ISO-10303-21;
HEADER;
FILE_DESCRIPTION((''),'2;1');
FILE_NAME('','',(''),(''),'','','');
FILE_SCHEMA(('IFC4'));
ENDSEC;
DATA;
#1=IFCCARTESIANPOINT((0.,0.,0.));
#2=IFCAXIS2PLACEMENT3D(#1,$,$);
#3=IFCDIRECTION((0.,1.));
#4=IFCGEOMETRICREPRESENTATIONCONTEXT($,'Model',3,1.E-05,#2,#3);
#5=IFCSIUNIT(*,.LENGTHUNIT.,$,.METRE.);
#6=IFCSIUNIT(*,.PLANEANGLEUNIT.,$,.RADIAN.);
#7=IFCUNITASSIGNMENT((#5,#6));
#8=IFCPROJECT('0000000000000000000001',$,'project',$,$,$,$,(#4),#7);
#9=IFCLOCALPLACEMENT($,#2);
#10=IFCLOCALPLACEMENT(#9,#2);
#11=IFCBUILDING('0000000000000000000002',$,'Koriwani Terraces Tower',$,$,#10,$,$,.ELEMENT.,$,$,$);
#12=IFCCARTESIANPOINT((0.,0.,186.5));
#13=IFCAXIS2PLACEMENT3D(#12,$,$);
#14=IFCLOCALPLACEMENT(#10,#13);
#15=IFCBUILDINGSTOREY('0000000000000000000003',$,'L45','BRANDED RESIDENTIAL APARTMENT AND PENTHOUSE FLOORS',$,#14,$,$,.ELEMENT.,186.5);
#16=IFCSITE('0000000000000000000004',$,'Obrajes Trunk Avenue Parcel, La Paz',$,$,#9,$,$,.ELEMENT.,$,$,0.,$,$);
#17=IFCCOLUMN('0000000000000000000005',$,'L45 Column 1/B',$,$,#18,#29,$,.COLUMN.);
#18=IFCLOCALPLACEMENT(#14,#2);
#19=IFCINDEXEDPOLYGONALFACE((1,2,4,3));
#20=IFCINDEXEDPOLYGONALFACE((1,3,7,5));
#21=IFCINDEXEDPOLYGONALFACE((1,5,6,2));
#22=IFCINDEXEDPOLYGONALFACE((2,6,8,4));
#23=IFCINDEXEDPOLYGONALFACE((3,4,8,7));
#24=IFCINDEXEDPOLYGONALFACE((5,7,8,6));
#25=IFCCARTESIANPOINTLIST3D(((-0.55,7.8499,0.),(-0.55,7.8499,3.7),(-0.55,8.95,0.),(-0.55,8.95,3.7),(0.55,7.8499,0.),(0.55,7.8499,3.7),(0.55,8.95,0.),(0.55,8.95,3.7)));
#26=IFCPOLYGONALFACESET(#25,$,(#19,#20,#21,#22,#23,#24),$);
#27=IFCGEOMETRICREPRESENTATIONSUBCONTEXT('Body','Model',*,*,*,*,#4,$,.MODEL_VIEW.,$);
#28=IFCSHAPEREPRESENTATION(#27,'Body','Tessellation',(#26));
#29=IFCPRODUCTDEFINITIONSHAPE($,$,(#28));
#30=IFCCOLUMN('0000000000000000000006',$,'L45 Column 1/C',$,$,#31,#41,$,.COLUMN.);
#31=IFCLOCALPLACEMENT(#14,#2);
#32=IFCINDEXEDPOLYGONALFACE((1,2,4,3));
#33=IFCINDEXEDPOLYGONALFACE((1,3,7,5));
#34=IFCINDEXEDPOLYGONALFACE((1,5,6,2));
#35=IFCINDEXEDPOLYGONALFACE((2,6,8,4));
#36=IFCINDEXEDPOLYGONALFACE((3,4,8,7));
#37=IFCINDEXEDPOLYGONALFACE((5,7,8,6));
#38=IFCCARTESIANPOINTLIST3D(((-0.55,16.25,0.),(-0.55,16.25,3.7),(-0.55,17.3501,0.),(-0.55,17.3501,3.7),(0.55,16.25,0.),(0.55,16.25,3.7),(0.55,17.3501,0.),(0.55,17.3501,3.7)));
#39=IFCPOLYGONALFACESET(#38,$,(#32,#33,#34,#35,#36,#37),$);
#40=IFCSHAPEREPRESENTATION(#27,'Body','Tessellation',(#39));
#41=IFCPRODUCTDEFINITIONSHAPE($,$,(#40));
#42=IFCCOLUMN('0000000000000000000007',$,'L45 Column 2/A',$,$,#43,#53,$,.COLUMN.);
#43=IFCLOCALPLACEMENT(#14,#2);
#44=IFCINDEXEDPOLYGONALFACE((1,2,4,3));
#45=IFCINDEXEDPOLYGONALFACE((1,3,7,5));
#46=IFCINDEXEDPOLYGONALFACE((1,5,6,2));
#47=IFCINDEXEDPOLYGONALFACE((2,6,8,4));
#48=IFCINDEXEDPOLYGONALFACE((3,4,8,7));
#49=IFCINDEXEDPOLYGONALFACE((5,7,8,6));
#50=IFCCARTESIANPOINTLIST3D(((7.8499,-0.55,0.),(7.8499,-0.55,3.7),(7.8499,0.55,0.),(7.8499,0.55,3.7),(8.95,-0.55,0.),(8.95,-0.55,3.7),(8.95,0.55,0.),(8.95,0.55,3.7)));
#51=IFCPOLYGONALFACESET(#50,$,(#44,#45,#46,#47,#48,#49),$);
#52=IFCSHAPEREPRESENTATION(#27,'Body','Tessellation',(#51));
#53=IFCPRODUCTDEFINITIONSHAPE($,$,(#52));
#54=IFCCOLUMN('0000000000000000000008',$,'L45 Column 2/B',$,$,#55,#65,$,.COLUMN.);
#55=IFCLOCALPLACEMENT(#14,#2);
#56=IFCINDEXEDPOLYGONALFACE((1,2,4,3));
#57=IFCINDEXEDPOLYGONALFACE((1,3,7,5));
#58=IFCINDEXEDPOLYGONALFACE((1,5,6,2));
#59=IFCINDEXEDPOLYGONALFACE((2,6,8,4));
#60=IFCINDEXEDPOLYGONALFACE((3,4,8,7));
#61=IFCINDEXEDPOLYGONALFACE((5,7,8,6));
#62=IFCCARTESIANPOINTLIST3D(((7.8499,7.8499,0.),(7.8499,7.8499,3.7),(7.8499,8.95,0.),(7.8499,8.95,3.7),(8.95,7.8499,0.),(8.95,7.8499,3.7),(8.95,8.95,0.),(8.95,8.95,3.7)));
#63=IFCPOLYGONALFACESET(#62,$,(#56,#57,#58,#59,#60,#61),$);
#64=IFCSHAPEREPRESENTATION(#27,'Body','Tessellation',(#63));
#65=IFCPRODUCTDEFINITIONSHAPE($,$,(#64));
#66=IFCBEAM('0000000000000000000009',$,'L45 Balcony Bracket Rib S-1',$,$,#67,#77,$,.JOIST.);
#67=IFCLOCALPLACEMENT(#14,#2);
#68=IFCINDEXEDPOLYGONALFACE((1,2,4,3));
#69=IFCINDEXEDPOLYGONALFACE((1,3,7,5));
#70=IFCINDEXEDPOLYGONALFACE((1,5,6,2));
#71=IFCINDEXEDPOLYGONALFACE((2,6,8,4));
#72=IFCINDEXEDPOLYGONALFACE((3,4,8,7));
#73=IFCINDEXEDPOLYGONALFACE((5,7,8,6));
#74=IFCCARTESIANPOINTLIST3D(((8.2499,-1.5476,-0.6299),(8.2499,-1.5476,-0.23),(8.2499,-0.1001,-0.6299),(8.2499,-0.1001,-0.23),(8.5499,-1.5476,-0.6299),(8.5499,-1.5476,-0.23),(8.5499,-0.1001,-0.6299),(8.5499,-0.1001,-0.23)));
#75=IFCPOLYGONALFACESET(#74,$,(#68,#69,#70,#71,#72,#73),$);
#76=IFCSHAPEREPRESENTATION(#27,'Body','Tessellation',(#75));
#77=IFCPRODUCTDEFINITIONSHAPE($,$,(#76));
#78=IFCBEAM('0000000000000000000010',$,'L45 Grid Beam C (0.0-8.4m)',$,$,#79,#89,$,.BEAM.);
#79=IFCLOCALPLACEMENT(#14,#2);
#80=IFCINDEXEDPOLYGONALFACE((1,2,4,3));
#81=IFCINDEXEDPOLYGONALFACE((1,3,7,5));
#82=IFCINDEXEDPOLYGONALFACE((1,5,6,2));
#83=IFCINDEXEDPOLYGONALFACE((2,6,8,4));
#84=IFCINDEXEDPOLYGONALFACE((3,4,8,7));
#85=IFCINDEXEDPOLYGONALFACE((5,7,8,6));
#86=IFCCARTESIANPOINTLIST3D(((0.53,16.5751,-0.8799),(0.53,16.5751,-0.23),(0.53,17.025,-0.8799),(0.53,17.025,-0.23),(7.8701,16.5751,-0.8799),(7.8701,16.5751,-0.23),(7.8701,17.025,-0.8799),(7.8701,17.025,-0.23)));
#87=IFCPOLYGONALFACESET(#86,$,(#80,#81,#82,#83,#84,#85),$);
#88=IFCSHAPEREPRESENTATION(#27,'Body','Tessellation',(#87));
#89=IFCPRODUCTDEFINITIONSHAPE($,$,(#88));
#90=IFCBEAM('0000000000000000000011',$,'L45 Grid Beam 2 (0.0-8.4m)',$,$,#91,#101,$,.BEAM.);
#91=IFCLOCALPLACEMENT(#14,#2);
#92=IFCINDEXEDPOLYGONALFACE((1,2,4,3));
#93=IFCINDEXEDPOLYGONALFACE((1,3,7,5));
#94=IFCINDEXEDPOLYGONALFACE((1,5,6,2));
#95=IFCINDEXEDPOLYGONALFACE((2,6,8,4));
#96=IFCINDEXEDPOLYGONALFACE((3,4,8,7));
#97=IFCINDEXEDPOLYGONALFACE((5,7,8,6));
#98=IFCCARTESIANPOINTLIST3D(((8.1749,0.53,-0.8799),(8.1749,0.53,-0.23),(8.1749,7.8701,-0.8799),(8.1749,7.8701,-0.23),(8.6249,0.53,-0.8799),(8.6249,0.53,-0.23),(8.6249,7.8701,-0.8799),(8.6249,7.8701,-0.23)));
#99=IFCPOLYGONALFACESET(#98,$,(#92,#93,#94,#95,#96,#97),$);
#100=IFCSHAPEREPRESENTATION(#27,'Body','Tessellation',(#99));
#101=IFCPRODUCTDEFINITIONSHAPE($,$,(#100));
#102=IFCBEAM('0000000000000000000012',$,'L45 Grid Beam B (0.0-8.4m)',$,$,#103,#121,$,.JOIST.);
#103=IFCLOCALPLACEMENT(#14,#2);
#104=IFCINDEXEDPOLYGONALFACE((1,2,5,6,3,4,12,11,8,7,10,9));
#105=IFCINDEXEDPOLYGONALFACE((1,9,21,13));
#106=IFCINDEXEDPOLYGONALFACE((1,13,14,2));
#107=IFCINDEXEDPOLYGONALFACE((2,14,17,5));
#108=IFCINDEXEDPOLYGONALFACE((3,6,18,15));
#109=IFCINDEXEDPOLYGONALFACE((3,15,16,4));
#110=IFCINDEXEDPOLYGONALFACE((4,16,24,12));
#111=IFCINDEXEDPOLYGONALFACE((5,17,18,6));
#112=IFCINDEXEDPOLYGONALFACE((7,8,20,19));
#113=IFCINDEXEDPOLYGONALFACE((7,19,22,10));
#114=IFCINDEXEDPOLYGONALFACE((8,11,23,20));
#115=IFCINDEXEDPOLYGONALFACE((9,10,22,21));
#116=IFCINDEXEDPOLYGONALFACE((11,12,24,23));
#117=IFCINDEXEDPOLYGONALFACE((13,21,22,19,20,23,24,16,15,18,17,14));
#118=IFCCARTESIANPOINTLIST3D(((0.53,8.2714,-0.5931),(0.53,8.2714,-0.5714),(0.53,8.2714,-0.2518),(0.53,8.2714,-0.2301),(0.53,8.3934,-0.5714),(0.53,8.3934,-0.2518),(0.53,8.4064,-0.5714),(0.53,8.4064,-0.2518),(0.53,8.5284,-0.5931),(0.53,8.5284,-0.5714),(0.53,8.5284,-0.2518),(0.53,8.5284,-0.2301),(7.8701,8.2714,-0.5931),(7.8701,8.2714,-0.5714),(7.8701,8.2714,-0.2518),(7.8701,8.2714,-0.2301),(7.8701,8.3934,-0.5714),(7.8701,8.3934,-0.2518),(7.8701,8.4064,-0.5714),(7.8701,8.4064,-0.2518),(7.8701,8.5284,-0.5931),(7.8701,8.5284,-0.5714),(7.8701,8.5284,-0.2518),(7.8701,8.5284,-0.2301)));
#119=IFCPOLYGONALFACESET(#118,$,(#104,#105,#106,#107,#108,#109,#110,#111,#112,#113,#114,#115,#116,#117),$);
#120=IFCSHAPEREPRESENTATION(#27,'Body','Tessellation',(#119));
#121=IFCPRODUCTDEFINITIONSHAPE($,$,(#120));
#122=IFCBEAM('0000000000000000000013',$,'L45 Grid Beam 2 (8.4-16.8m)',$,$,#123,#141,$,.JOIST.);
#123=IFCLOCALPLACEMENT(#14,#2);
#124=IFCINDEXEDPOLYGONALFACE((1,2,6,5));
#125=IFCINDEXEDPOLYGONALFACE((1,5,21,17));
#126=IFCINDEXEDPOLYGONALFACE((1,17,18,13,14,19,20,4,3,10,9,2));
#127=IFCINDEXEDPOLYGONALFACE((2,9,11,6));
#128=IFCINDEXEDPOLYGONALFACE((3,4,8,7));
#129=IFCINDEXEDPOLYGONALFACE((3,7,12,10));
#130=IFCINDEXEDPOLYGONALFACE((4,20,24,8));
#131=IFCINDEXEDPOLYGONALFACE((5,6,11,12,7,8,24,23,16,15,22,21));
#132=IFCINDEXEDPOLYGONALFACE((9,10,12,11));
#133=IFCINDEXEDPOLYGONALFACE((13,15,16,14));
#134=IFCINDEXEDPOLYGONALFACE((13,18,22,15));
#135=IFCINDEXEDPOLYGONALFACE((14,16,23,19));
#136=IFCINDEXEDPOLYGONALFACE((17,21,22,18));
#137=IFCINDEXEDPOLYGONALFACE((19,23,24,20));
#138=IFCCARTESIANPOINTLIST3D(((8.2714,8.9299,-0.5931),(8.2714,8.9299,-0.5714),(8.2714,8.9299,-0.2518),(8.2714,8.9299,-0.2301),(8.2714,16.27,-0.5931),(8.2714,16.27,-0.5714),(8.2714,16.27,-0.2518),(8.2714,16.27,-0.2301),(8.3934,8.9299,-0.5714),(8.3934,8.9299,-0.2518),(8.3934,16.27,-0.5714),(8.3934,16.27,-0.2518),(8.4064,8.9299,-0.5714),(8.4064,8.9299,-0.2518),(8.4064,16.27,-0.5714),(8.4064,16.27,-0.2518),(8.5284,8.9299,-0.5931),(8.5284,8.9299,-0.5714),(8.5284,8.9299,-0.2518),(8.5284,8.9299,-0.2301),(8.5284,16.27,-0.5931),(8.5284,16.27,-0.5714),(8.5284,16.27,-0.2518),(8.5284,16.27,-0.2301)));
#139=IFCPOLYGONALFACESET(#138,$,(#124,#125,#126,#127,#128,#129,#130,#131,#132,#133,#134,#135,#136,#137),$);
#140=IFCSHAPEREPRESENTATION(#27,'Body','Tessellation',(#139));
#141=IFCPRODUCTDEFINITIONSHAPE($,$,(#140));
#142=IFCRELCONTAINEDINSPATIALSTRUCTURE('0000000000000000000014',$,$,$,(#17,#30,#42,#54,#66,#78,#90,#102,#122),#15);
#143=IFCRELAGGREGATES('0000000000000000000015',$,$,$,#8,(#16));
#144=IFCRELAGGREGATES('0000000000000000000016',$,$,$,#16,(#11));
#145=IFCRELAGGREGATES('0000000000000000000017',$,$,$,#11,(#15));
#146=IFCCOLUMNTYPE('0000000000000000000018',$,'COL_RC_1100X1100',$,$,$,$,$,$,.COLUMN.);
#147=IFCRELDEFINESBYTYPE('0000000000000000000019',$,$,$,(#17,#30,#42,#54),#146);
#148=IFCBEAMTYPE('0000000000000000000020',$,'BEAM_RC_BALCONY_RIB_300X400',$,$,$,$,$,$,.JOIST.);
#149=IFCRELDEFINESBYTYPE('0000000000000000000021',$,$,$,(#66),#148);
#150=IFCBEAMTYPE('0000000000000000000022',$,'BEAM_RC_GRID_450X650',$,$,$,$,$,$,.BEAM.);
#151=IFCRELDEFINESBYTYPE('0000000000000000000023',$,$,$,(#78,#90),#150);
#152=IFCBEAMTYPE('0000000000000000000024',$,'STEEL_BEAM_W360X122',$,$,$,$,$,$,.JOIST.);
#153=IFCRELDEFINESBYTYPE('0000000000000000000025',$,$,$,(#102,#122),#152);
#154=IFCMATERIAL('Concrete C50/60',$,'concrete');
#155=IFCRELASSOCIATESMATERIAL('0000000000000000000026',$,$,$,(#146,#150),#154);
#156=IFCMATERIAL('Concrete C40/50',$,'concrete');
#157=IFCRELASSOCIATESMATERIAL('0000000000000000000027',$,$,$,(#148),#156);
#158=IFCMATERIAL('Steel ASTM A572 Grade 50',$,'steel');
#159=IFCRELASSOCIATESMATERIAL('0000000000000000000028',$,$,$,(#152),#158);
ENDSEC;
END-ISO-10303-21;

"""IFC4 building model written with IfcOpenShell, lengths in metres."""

from ifc_helpers import new_model, si_unit, direction, frame, origin, origin_2d, place, context, subcontext, project, spatial, rectangle, i_section, extrude, material, material_profile, profile_set, type_object, element, save


model = new_model("IFC4")

# Units and contexts
model_context = context("Model", 3, precision=1e-05, world=origin(), true_north=direction((0.0, 1.0)))
body_context = subcontext(model_context, "Body", "Model", "MODEL_VIEW")
ifc_project = project(units=[si_unit("LENGTHUNIT", "METRE"), si_unit("PLANEANGLEUNIT", "RADIAN")], contexts=[model_context])

# Site, building, storey
site_placement = place(None, origin())
site = spatial("IfcSite", under=ifc_project, at=site_placement, Name="Obrajes Trunk Avenue Parcel, La Paz", CompositionType="ELEMENT", RefElevation=0.0)
building_placement = place(site_placement, origin())
building = spatial("IfcBuilding", under=site, at=building_placement, Name="Koriwani Terraces Tower", CompositionType="ELEMENT")
storey_placement = place(building_placement, frame((0.0, 0.0, 186.5)))
storey = spatial("IfcBuildingStorey", under=building, at=storey_placement, Name="L45", Description="BRANDED RESIDENTIAL APARTMENT AND PENTHOUSE FLOORS", CompositionType="ELEMENT", Elevation=186.5)

# Columns
ifc_material_1 = material(Name="Concrete C50/60", Category="concrete")
ifc_material_profile_1 = material_profile(ifc_material_1, rectangle(XDim=1.1001, YDim=1.1001, at=origin_2d()), Name="Concrete C50/60", Category="LoadBearing")
ifc_profile_set_1 = profile_set([ifc_material_profile_1], Name="Concrete C50/60")
column_type = type_object("IfcColumnType", Name="COL_RC_1100X1100", PredefinedType="COLUMN", material=ifc_profile_set_1)
for number, where, z_axis, x_axis, name in (
    (1, (0.0, 8.3999, 0.0), (0.0, 0.0, 1.0), (1.0, 0.0, 0.0), "L45 Column 1/B"),
    (2, (0.0, 16.8, 0.0), (0.0, 0.0, 1.0), (1.0, 0.0, 0.0), "L45 Column 1/C"),
    (3, (8.3999, 0.0, 0.0), (0.0, 0.0, 1.0), (1.0, 0.0, 0.0), "L45 Column 2/A"),
    (4, (8.3999, 8.3999, 0.0), (0.0, 0.0, 1.0), (1.0, 0.0, 0.0), "L45 Column 2/B"),
):
    element("IfcColumn", number, at=place(storey_placement, frame(where, z_axis=z_axis, x_axis=x_axis)), inside=storey, type_object=column_type, Name=name, PredefinedType="COLUMN", context=body_context, shape_type="SweptSolid", body=[
        extrude(rectangle(XDim=1.1001, YDim=1.1001, at=origin_2d()), origin(), (0.0, 0.0, 1.0), 3.7),
    ])

# Beams
ifc_material_2 = material(Name="Concrete C40/50", Category="concrete")
ifc_material_profile_2 = material_profile(ifc_material_2, rectangle(XDim=0.3, YDim=0.3999, at=origin_2d()), Name="Concrete C40/50", Category="LoadBearing")
ifc_profile_set_2 = profile_set([ifc_material_profile_2], Name="Concrete C40/50")
beam_type_1 = type_object("IfcBeamType", Name="BEAM_RC_BALCONY_RIB_300X400", PredefinedType="JOIST", material=ifc_profile_set_2)
beam_placement = place(storey_placement, frame((8.3999, -1.5476, -0.4299), z_axis=(0.0, 1.0, 0.0), x_axis=(-1.0, 0.0, 0.0)))
element("IfcBeam", 5, at=beam_placement, inside=storey, type_object=beam_type_1, Name="L45 Balcony Bracket Rib S-1", PredefinedType="JOIST", context=body_context, shape_type="SweptSolid", body=[
    extrude(rectangle(XDim=0.3, YDim=0.3999, at=origin_2d()), origin(), (0.0, 0.0, 1.0), 1.4475),
])
ifc_material_profile_3 = material_profile(ifc_material_1, rectangle(XDim=0.45, YDim=0.6499, at=origin_2d()), Name="Concrete C50/60", Category="LoadBearing")
ifc_profile_set_3 = profile_set([ifc_material_profile_3], Name="Concrete C50/60")
beam_type_2 = type_object("IfcBeamType", Name="BEAM_RC_GRID_450X650", PredefinedType="BEAM", material=ifc_profile_set_3)
for number, where, z_axis, x_axis, name in (
    (6, (0.53, 16.8, -0.5549), (1.0, 0.0, 0.0), (0.0, 1.0, 0.0), "L45 Grid Beam C (0.0-8.4m)"),
    (7, (8.3999, 0.53, -0.5549), (0.0, 1.0, 0.0), (-1.0, 0.0, 0.0), "L45 Grid Beam 2 (0.0-8.4m)"),
):
    element("IfcBeam", number, at=place(storey_placement, frame(where, z_axis=z_axis, x_axis=x_axis)), inside=storey, type_object=beam_type_2, Name=name, PredefinedType="BEAM", context=body_context, shape_type="SweptSolid", body=[
        extrude(rectangle(XDim=0.45, YDim=0.6499, at=origin_2d()), origin(), (0.0, 0.0, 1.0), 7.3401),
    ])
ifc_material_3 = material(Name="Steel ASTM A572 Grade 50", Category="steel")
ifc_material_profile_4 = material_profile(ifc_material_3, i_section(OverallWidth=0.2571, OverallDepth=0.363, WebThickness=0.0129, FlangeThickness=0.0217, at=origin_2d()), Name="Steel ASTM A572 Grade 50", Category="LoadBearing")
ifc_profile_set_4 = profile_set([ifc_material_profile_4], Name="Steel ASTM A572 Grade 50")
beam_type_3 = type_object("IfcBeamType", Name="STEEL_BEAM_W360X122", PredefinedType="JOIST", material=ifc_profile_set_4)
for number, where, z_axis, x_axis, name in (
    (8, (0.53, 8.3999, -0.4116), (1.0, 0.0, 0.0), (0.0, 1.0, 0.0), "L45 Grid Beam B (0.0-8.4m)"),
    (9, (8.3999, 8.9299, -0.4116), (0.0, 1.0, 0.0), (-1.0, 0.0, 0.0), "L45 Grid Beam 2 (8.4-16.8m)"),
):
    element("IfcBeam", number, at=place(storey_placement, frame(where, z_axis=z_axis, x_axis=x_axis)), inside=storey, type_object=beam_type_3, Name=name, PredefinedType="JOIST", context=body_context, shape_type="SweptSolid", body=[
        extrude(i_section(OverallWidth=0.2571, OverallDepth=0.363, WebThickness=0.0129, FlangeThickness=0.0217, at=origin_2d()), origin(), (0.0, 0.0, 1.0), 7.3401),
    ])

save(model, "model.ifc")
